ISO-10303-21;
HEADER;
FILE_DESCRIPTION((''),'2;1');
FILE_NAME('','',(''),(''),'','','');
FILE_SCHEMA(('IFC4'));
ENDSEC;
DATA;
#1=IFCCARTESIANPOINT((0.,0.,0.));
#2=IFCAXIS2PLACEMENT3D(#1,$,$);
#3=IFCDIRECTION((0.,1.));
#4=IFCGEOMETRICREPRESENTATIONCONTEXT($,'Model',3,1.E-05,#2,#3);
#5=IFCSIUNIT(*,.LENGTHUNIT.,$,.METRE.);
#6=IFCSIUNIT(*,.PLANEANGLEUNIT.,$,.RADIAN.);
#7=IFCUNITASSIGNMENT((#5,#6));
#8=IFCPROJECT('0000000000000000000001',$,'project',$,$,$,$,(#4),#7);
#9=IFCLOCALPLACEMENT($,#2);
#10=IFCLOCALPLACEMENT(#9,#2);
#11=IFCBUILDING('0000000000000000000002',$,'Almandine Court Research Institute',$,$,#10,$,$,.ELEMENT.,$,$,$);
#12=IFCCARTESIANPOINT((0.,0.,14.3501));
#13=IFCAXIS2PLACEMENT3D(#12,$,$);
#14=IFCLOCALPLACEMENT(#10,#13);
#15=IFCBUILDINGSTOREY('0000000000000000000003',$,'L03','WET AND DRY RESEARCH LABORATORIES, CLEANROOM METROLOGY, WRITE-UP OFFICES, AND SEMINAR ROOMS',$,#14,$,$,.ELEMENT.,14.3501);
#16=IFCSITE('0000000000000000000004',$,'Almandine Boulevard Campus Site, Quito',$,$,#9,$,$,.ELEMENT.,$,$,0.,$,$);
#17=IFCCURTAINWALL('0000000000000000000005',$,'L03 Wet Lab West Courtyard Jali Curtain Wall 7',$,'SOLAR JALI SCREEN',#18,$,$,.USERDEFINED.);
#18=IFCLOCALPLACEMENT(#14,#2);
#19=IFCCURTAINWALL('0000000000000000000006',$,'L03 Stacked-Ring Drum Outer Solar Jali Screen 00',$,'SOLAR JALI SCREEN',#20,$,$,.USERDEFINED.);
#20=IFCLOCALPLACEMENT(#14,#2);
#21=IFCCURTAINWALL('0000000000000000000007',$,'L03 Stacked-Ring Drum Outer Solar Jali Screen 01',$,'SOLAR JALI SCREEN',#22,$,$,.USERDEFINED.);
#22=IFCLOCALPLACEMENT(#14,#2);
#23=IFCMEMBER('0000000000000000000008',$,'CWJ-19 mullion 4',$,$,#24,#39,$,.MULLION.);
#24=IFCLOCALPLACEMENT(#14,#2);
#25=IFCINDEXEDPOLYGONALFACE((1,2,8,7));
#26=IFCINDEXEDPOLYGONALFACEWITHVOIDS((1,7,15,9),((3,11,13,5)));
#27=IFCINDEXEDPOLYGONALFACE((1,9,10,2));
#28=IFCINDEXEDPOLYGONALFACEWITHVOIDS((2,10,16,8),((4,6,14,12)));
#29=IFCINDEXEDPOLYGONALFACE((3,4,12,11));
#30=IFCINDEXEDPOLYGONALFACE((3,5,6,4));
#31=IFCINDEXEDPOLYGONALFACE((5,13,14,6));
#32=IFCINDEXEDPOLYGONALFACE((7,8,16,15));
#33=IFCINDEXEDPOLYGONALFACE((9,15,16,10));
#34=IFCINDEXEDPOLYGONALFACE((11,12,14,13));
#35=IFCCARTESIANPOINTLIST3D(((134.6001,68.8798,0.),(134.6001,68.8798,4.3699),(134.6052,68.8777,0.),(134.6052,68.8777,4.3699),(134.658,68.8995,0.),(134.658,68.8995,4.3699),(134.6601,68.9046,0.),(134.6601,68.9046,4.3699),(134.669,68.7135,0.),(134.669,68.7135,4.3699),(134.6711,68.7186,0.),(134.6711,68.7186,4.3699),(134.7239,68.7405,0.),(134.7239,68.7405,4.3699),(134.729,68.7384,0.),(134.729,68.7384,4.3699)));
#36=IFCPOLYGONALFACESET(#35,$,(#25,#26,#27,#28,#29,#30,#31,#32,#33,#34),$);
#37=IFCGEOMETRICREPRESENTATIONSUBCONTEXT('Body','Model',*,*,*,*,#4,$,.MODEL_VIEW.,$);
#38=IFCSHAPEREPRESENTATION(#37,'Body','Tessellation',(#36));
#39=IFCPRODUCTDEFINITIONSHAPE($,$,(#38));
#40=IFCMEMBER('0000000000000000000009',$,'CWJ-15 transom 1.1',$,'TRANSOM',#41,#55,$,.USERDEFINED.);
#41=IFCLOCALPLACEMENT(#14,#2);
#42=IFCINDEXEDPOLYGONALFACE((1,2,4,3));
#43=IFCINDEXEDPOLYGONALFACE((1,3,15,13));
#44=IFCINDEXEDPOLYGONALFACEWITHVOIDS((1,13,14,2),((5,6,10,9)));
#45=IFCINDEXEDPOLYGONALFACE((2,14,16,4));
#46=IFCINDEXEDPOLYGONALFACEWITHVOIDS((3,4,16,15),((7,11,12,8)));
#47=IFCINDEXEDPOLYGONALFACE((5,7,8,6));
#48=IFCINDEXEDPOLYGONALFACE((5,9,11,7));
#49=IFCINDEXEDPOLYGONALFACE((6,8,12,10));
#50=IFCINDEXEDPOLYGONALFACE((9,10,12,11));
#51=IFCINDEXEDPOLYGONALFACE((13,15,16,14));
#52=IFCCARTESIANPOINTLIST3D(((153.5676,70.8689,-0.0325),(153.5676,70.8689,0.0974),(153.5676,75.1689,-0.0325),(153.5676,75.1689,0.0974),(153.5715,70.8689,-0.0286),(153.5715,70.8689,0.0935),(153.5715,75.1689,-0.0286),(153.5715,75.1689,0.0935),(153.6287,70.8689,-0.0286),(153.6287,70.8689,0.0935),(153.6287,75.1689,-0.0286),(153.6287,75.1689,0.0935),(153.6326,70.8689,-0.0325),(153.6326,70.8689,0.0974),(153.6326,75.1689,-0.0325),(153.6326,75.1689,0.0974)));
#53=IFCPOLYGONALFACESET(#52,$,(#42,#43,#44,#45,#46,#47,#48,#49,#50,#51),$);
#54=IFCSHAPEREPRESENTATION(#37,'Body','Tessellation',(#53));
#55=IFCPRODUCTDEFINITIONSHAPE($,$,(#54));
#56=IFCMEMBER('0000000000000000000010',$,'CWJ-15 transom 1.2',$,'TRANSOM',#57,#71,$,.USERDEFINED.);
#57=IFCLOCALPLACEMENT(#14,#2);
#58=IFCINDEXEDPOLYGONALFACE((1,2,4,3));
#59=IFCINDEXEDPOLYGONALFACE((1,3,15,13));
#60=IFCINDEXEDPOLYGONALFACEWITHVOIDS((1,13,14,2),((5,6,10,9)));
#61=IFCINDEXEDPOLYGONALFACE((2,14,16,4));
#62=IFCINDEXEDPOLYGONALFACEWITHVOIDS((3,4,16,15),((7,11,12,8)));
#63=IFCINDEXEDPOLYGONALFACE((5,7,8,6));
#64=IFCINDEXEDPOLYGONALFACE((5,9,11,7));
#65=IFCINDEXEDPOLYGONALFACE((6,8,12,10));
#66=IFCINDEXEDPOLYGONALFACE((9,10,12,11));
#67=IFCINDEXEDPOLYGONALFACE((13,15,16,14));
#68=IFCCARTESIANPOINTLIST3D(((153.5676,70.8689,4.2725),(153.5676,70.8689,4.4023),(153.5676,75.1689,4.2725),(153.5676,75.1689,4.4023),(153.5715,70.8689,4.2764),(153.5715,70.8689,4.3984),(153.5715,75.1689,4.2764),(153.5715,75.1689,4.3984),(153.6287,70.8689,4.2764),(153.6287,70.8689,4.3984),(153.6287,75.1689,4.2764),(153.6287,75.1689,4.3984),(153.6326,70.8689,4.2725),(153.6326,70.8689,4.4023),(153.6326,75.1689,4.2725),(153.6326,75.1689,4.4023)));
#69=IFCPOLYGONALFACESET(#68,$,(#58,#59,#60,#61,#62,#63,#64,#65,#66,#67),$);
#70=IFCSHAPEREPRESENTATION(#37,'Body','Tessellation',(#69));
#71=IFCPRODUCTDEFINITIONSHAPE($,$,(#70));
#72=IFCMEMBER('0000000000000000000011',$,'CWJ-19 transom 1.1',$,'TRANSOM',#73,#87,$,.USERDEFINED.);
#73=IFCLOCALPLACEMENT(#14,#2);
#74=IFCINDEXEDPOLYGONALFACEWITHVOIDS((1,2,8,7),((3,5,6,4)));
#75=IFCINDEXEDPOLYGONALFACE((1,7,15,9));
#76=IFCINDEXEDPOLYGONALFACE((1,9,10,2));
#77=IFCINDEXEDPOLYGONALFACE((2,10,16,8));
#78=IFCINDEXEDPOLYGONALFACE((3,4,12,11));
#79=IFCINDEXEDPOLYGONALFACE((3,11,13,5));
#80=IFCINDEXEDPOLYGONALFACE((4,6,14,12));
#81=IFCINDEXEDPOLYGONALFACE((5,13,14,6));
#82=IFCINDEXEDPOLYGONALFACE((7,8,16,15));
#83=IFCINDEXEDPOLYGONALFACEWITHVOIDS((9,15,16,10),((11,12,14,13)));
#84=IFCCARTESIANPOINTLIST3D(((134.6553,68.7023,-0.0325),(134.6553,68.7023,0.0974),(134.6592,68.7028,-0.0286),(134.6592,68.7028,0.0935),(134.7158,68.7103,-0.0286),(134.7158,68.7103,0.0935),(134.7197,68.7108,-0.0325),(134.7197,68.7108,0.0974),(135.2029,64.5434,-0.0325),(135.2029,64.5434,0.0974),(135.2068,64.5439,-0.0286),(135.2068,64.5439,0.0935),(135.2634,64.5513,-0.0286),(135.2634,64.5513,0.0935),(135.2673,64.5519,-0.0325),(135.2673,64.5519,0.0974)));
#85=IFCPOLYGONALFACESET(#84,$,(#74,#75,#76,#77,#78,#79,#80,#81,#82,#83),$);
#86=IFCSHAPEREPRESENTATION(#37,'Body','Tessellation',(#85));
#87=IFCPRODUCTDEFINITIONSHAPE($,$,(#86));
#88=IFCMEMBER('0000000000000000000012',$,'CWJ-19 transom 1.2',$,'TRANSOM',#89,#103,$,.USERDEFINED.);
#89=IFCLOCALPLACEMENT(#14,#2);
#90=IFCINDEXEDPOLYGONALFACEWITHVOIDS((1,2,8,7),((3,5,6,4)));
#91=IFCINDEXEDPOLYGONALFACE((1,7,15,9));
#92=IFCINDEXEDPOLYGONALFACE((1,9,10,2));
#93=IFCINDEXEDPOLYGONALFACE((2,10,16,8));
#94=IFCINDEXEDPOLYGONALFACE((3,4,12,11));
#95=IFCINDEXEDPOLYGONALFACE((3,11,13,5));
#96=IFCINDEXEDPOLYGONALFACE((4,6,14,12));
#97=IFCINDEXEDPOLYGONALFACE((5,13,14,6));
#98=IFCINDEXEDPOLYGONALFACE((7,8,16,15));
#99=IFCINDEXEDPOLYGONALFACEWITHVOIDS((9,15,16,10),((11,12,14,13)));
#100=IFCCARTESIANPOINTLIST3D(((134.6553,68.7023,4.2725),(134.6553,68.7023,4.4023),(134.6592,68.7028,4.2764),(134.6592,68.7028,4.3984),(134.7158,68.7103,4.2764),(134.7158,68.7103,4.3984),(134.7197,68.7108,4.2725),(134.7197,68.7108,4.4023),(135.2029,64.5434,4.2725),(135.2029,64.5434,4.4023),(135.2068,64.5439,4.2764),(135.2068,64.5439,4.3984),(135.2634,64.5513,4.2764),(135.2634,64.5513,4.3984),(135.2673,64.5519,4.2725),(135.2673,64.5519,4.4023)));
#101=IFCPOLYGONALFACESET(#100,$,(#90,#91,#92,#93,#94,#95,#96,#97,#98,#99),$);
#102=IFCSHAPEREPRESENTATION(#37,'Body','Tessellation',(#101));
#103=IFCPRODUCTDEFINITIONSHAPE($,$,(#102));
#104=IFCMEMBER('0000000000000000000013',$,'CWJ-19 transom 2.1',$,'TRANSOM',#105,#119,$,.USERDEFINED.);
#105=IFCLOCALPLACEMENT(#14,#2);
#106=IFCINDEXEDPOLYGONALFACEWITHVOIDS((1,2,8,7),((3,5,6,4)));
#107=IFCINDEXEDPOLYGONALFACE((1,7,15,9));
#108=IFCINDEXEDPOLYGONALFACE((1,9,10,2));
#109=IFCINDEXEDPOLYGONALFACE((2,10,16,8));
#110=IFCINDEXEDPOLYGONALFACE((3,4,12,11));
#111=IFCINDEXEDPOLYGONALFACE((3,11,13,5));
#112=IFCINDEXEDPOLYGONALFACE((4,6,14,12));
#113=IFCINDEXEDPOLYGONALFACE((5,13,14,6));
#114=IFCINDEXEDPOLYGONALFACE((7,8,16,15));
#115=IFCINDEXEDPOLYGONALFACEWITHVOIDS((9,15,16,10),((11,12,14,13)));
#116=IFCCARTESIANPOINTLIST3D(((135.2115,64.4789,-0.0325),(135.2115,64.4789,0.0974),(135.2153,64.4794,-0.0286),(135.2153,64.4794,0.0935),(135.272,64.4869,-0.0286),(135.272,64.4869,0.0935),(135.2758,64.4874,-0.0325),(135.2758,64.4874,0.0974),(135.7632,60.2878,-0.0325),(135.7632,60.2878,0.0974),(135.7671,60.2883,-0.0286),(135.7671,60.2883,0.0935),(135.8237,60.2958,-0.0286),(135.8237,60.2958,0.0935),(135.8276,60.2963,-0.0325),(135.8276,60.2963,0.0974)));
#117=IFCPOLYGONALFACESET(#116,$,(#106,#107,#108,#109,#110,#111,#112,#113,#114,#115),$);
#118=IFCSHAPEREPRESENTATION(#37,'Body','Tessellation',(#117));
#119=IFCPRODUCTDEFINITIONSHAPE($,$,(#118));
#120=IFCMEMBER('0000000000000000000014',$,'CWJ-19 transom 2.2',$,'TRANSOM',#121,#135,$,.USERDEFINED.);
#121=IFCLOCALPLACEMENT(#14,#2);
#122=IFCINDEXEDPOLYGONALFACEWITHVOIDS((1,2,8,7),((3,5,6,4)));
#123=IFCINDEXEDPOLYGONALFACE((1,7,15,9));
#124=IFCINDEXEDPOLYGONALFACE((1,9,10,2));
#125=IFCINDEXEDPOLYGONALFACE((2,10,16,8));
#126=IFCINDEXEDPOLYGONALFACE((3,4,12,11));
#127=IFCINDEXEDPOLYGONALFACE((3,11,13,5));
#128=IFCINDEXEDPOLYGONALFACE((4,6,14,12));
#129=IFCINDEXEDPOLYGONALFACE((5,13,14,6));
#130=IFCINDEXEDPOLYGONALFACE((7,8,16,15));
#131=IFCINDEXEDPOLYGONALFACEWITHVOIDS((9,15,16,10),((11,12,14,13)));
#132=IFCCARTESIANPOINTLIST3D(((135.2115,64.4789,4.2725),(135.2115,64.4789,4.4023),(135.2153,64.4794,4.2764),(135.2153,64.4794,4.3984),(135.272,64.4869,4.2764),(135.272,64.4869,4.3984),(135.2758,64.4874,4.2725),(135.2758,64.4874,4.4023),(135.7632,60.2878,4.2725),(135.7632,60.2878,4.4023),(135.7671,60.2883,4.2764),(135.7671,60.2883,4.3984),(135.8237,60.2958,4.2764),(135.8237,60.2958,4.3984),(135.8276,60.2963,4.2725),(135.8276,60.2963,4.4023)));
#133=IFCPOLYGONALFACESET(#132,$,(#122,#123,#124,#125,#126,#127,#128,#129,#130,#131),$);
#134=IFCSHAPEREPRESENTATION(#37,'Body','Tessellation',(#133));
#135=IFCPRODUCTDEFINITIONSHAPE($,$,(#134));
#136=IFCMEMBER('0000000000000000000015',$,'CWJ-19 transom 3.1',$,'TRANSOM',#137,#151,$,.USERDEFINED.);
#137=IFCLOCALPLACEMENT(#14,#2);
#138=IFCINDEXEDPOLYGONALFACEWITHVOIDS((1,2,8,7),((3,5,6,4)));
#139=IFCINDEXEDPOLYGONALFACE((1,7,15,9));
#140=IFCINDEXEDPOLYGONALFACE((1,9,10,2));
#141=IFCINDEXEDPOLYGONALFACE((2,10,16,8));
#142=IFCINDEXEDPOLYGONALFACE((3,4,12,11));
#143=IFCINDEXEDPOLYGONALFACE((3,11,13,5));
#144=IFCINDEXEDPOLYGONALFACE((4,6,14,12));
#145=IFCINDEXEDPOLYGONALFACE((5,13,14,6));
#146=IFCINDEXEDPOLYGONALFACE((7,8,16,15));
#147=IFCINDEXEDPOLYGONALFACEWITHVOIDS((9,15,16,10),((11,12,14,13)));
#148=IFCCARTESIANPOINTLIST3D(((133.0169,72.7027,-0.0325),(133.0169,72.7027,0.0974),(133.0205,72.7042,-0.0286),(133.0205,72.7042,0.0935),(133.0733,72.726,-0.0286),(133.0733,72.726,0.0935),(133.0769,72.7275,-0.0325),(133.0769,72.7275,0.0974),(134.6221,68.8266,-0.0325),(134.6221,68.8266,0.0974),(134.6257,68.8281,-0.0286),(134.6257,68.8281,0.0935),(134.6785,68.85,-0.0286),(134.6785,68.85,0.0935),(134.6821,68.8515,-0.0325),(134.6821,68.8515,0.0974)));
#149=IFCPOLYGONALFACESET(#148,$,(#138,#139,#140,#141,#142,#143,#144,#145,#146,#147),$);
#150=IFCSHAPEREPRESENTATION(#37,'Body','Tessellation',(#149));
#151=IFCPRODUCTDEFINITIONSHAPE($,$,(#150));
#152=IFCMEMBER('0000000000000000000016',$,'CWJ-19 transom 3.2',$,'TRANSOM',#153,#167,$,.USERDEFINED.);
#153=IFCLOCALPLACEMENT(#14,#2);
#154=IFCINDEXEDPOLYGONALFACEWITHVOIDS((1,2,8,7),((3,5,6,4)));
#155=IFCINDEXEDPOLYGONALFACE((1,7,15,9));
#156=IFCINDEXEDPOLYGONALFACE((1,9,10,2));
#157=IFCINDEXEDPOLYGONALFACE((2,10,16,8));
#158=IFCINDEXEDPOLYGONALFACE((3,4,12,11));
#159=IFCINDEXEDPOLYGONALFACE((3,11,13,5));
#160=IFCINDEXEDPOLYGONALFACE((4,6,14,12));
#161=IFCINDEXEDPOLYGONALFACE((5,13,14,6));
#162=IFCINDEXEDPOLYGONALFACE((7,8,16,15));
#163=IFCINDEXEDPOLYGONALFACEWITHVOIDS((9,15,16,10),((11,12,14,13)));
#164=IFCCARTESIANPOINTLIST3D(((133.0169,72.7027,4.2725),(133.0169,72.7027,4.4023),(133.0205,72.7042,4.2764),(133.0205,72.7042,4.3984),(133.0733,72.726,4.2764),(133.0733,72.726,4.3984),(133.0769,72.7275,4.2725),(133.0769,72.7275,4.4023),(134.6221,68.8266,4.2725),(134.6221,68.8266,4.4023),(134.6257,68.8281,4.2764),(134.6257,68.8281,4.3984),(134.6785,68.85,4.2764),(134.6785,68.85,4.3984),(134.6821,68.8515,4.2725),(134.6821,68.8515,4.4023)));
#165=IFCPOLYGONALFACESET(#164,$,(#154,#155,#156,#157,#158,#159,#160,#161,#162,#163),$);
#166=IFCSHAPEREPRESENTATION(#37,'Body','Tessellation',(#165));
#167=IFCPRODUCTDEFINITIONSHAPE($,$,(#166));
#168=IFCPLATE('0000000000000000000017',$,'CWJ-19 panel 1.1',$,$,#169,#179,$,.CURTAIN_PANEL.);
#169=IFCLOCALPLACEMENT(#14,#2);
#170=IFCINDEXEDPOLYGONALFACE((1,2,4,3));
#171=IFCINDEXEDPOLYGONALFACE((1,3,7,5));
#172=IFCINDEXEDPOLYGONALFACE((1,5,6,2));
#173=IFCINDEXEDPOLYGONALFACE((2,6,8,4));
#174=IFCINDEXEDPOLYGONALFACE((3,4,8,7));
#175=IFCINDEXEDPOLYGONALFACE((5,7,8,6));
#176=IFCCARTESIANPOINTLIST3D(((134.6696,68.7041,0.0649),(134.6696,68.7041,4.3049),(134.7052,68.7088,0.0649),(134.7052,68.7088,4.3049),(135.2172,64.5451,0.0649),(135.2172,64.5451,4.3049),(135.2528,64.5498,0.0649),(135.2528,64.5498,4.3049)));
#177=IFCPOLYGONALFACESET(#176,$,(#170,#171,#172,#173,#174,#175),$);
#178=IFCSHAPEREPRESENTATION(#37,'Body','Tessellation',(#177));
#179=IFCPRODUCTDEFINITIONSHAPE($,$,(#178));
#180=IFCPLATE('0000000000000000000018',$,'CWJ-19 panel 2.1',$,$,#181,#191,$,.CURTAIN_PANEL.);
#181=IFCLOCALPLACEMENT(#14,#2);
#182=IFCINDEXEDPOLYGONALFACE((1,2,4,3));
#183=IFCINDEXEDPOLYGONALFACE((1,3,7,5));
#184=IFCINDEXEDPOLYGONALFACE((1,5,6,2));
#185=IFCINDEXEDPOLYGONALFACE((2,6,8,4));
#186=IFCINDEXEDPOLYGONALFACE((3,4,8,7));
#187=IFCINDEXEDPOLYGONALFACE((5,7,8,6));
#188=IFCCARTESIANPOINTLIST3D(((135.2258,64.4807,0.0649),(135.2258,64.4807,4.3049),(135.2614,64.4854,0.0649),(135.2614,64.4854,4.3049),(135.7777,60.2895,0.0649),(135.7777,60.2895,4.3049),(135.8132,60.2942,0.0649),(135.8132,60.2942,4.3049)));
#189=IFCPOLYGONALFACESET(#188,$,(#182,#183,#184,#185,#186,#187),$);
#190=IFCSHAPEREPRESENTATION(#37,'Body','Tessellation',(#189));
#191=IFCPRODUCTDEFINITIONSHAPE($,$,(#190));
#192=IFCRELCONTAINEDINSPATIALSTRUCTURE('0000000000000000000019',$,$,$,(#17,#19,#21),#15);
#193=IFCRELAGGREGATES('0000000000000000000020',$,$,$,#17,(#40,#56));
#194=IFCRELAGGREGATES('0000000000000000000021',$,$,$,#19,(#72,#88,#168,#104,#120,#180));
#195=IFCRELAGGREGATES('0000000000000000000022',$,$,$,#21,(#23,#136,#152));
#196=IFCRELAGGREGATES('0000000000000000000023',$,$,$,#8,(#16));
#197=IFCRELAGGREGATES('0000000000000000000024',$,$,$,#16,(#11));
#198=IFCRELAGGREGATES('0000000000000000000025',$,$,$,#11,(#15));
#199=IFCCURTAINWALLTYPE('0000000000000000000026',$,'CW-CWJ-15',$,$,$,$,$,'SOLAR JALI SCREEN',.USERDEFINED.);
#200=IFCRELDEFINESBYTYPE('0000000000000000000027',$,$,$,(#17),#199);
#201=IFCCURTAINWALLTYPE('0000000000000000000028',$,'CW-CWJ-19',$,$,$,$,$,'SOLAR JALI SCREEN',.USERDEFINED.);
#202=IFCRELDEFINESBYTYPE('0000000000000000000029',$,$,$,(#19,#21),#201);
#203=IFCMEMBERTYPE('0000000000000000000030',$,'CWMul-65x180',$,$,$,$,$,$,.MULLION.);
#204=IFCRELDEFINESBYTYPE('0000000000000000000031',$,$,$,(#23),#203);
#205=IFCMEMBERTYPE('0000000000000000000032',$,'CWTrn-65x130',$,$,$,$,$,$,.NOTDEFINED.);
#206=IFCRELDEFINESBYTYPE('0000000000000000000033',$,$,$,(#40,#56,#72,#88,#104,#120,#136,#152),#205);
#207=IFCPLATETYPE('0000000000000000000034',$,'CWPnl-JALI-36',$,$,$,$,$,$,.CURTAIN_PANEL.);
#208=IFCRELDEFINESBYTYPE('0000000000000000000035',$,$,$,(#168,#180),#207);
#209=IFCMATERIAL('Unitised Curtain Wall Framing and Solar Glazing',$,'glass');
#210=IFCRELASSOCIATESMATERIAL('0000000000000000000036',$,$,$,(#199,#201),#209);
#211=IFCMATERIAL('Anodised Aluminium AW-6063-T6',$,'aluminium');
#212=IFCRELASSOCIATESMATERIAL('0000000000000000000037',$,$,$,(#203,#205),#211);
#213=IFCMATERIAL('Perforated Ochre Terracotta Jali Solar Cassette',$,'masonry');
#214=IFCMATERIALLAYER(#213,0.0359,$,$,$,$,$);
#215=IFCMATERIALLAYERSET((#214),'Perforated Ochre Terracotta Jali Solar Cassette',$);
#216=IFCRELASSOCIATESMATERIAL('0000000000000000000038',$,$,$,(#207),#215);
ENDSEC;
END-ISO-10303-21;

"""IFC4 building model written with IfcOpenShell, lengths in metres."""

from ifc_helpers import new_model, si_unit, direction, frame, origin, origin_2d, place, context, subcontext, project, spatial, rectangle, hollow_rectangle, extrude, material, layer, layer_set, material_profile, profile_set, type_object, element, aggregate, save


model = new_model("IFC4")

# Units and contexts
model_context = context("Model", 3, precision=1e-05, world=origin(), true_north=direction((0.0, 1.0)))
body_context = subcontext(model_context, "Body", "Model", "MODEL_VIEW")
ifc_project = project(units=[si_unit("LENGTHUNIT", "METRE"), si_unit("PLANEANGLEUNIT", "RADIAN")], contexts=[model_context])

# Site, building, storey
site_placement = place(None, origin())
site = spatial("IfcSite", under=ifc_project, at=site_placement, Name="Almandine Boulevard Campus Site, Quito", CompositionType="ELEMENT", RefElevation=0.0)
building_placement = place(site_placement, origin())
building = spatial("IfcBuilding", under=site, at=building_placement, Name="Almandine Court Research Institute", CompositionType="ELEMENT")
storey_placement = place(building_placement, frame((0.0, 0.0, 14.3501)))
storey = spatial("IfcBuildingStorey", under=building, at=storey_placement, Name="L03", Description="WET AND DRY RESEARCH LABORATORIES, CLEANROOM METROLOGY, WRITE-UP OFFICES, AND SEMINAR ROOMS", CompositionType="ELEMENT", Elevation=14.3501)

# Curtain wall
ifc_material_1 = material(Name="Unitised Curtain Wall Framing and Solar Glazing", Category="glass")
curtain_wall_type_1 = type_object("IfcCurtainWallType", Name="CW-CWJ-15", ElementType="SOLAR JALI SCREEN", PredefinedType="USERDEFINED", material=ifc_material_1)
curtain_wall_1_placement = place(storey_placement, origin())
curtain_wall_1 = element("IfcCurtainWall", 1, at=curtain_wall_1_placement, inside=storey, type_object=curtain_wall_type_1, Name="L03 Wet Lab West Courtyard Jali Curtain Wall 7", ObjectType="SOLAR JALI SCREEN", PredefinedType="USERDEFINED")
ifc_material_2 = material(Name="Anodised Aluminium AW-6063-T6", Category="aluminium")
ifc_material_profile_1 = material_profile(ifc_material_2, hollow_rectangle(XDim=0.0649, YDim=0.1799, WallThickness=0.0039, at=origin_2d()), Name="ALU RHS 65x180x4")
ifc_profile_set_1 = profile_set([ifc_material_profile_1], Name="Anodised Aluminium AW-6063-T6")
member_type_1 = type_object("IfcMemberType", Name="CWMul-65x180", PredefinedType="MULLION", material=ifc_profile_set_1)

# Curtain walls, member
curtain_wall_type_2 = type_object("IfcCurtainWallType", Name="CW-CWJ-19", ElementType="SOLAR JALI SCREEN", PredefinedType="USERDEFINED", material=ifc_material_1)
curtain_wall_2_placement = place(storey_placement, origin())
curtain_wall_2 = element("IfcCurtainWall", 2, at=curtain_wall_2_placement, inside=storey, type_object=curtain_wall_type_2, Name="L03 Stacked-Ring Drum Outer Solar Jali Screen 00", ObjectType="SOLAR JALI SCREEN", PredefinedType="USERDEFINED")
curtain_wall_3_placement = place(storey_placement, origin())
curtain_wall_3 = element("IfcCurtainWall", 3, at=curtain_wall_3_placement, inside=storey, type_object=curtain_wall_type_2, Name="L03 Stacked-Ring Drum Outer Solar Jali Screen 01", ObjectType="SOLAR JALI SCREEN", PredefinedType="USERDEFINED")
member_1_placement = place(storey_placement, frame((134.6646, 68.8091, 0.0), z_axis=(0.0, 0.0, 1.0), x_axis=(0.923888, 0.382663, 0.0)))
member_1 = element("IfcMember", 4, at=member_1_placement, type_object=member_type_1, Name="CWJ-19 mullion 4", PredefinedType="MULLION", context=body_context, shape_type="SweptSolid", body=[
    extrude(hollow_rectangle(XDim=0.0649, YDim=0.1799, WallThickness=0.0039, at=origin_2d()), origin(), (0.0, 0.0, 1.0), 4.3699),
])

# Members
ifc_material_profile_2 = material_profile(ifc_material_2, hollow_rectangle(XDim=0.0649, YDim=0.1299, WallThickness=0.0039, at=origin_2d()), Name="ALU RHS 65x130x4")
ifc_profile_set_2 = profile_set([ifc_material_profile_2], Name="Anodised Aluminium AW-6063-T6")
member_type_2 = type_object("IfcMemberType", Name="CWTrn-65x130", PredefinedType="NOTDEFINED", material=ifc_profile_set_2)
member_2_placement = place(storey_placement, frame((153.6001, 70.8689, 0.0325), z_axis=(0.0, 1.0, 0.0), x_axis=(-1.0, 0.0, 0.0)))
member_2 = element("IfcMember", 5, at=member_2_placement, type_object=member_type_2, Name="CWJ-15 transom 1.1", ObjectType="TRANSOM", PredefinedType="USERDEFINED", context=body_context, shape_type="SweptSolid", body=[
    extrude(hollow_rectangle(XDim=0.0649, YDim=0.1299, WallThickness=0.0039, at=origin_2d()), origin(), (0.0, 0.0, 1.0), 4.3),
])
member_3_placement = place(storey_placement, frame((153.6001, 70.8689, 4.3374), z_axis=(0.0, 1.0, 0.0), x_axis=(-1.0, 0.0, 0.0)))
member_3 = element("IfcMember", 6, at=member_3_placement, type_object=member_type_2, Name="CWJ-15 transom 1.2", ObjectType="TRANSOM", PredefinedType="USERDEFINED", context=body_context, shape_type="SweptSolid", body=[
    extrude(hollow_rectangle(XDim=0.0649, YDim=0.1299, WallThickness=0.0039, at=origin_2d()), origin(), (0.0, 0.0, 1.0), 4.3),
])
aggregate(curtain_wall_1, [member_2, member_3])
member_4_placement = place(storey_placement, frame((134.6875, 68.7065, 0.0325), z_axis=(0.130543, -0.991443, 0.0), x_axis=(0.991443, 0.130543, 0.0)))
member_4 = element("IfcMember", 7, at=member_4_placement, type_object=member_type_2, Name="CWJ-19 transom 1.1", ObjectType="TRANSOM", PredefinedType="USERDEFINED", context=body_context, shape_type="SweptSolid", body=[
    extrude(hollow_rectangle(XDim=0.0649, YDim=0.1299, WallThickness=0.0039, at=origin_2d()), origin(), (0.0, 0.0, 1.0), 4.1948),
])
member_5_placement = place(storey_placement, frame((134.6875, 68.7065, 4.3374), z_axis=(0.130543, -0.991443, 0.0), x_axis=(0.991443, 0.130543, 0.0)))
member_5 = element("IfcMember", 8, at=member_5_placement, type_object=member_type_2, Name="CWJ-19 transom 1.2", ObjectType="TRANSOM", PredefinedType="USERDEFINED", context=body_context, shape_type="SweptSolid", body=[
    extrude(hollow_rectangle(XDim=0.0649, YDim=0.1299, WallThickness=0.0039, at=origin_2d()), origin(), (0.0, 0.0, 1.0), 4.1948),
])
member_6_placement = place(storey_placement, frame((135.2437, 64.4832, 0.0325), z_axis=(0.130522, -0.991445, 0.0), x_axis=(0.991445, 0.130522, 0.0)))
member_6 = element("IfcMember", 9, at=member_6_placement, type_object=member_type_2, Name="CWJ-19 transom 2.1", ObjectType="TRANSOM", PredefinedType="USERDEFINED", context=body_context, shape_type="SweptSolid", body=[
    extrude(hollow_rectangle(XDim=0.0649, YDim=0.1299, WallThickness=0.0039, at=origin_2d()), origin(), (0.0, 0.0, 1.0), 4.2273),
])
member_7_placement = place(storey_placement, frame((135.2437, 64.4832, 4.3374), z_axis=(0.130522, -0.991445, 0.0), x_axis=(0.991445, 0.130522, 0.0)))
member_7 = element("IfcMember", 10, at=member_7_placement, type_object=member_type_2, Name="CWJ-19 transom 2.2", ObjectType="TRANSOM", PredefinedType="USERDEFINED", context=body_context, shape_type="SweptSolid", body=[
    extrude(hollow_rectangle(XDim=0.0649, YDim=0.1299, WallThickness=0.0039, at=origin_2d()), origin(), (0.0, 0.0, 1.0), 4.2273),
])
member_8_placement = place(storey_placement, frame((133.0469, 72.7151, 0.0325), z_axis=(0.382631, -0.923901, 0.0), x_axis=(0.923901, 0.382631, 0.0)))
member_8 = element("IfcMember", 11, at=member_8_placement, type_object=member_type_2, Name="CWJ-19 transom 3.1", ObjectType="TRANSOM", PredefinedType="USERDEFINED", context=body_context, shape_type="SweptSolid", body=[
    extrude(hollow_rectangle(XDim=0.0649, YDim=0.1299, WallThickness=0.0039, at=origin_2d()), origin(), (0.0, 0.0, 1.0), 4.1953),
])
member_9_placement = place(storey_placement, frame((133.0469, 72.7151, 4.3374), z_axis=(0.382631, -0.923901, 0.0), x_axis=(0.923901, 0.382631, 0.0)))
member_9 = element("IfcMember", 12, at=member_9_placement, type_object=member_type_2, Name="CWJ-19 transom 3.2", ObjectType="TRANSOM", PredefinedType="USERDEFINED", context=body_context, shape_type="SweptSolid", body=[
    extrude(hollow_rectangle(XDim=0.0649, YDim=0.1299, WallThickness=0.0039, at=origin_2d()), origin(), (0.0, 0.0, 1.0), 4.1953),
])

# Plates
ifc_material_3 = material(Name="Perforated Ochre Terracotta Jali Solar Cassette", Category="masonry")
ifc_layer_1 = layer(ifc_material_3, 0.0359)
ifc_layer_set_1 = layer_set([ifc_layer_1], Name="Perforated Ochre Terracotta Jali Solar Cassette")
plate_type = type_object("IfcPlateType", Name="CWPnl-JALI-36", PredefinedType="CURTAIN_PANEL", material=ifc_layer_set_1)
plate_1_placement = place(storey_placement, frame((134.9612, 66.627, 0.0649), z_axis=(0.0, 0.0, 1.0), x_axis=(0.130541, -0.991443, 0.0)))
plate_1 = element("IfcPlate", 13, at=plate_1_placement, type_object=plate_type, Name="CWJ-19 panel 1.1", PredefinedType="CURTAIN_PANEL", context=body_context, shape_type="SweptSolid", body=[
    extrude(rectangle(XDim=4.1948, YDim=0.0359, at=origin_2d()), origin(), (0.0, 0.0, 1.0), 4.24),
])
plate_2_placement = place(storey_placement, frame((135.5195, 62.3875, 0.0649), z_axis=(0.0, 0.0, 1.0), x_axis=(0.130541, -0.991443, 0.0)))
plate_2 = element("IfcPlate", 14, at=plate_2_placement, type_object=plate_type, Name="CWJ-19 panel 2.1", PredefinedType="CURTAIN_PANEL", context=body_context, shape_type="SweptSolid", body=[
    extrude(rectangle(XDim=4.2273, YDim=0.0359, at=origin_2d()), origin(), (0.0, 0.0, 1.0), 4.24),
])
aggregate(curtain_wall_2, [member_4, member_5, plate_1, member_6, member_7, plate_2])
aggregate(curtain_wall_3, [member_1, member_8, member_9])

save(model, "model.ifc")
